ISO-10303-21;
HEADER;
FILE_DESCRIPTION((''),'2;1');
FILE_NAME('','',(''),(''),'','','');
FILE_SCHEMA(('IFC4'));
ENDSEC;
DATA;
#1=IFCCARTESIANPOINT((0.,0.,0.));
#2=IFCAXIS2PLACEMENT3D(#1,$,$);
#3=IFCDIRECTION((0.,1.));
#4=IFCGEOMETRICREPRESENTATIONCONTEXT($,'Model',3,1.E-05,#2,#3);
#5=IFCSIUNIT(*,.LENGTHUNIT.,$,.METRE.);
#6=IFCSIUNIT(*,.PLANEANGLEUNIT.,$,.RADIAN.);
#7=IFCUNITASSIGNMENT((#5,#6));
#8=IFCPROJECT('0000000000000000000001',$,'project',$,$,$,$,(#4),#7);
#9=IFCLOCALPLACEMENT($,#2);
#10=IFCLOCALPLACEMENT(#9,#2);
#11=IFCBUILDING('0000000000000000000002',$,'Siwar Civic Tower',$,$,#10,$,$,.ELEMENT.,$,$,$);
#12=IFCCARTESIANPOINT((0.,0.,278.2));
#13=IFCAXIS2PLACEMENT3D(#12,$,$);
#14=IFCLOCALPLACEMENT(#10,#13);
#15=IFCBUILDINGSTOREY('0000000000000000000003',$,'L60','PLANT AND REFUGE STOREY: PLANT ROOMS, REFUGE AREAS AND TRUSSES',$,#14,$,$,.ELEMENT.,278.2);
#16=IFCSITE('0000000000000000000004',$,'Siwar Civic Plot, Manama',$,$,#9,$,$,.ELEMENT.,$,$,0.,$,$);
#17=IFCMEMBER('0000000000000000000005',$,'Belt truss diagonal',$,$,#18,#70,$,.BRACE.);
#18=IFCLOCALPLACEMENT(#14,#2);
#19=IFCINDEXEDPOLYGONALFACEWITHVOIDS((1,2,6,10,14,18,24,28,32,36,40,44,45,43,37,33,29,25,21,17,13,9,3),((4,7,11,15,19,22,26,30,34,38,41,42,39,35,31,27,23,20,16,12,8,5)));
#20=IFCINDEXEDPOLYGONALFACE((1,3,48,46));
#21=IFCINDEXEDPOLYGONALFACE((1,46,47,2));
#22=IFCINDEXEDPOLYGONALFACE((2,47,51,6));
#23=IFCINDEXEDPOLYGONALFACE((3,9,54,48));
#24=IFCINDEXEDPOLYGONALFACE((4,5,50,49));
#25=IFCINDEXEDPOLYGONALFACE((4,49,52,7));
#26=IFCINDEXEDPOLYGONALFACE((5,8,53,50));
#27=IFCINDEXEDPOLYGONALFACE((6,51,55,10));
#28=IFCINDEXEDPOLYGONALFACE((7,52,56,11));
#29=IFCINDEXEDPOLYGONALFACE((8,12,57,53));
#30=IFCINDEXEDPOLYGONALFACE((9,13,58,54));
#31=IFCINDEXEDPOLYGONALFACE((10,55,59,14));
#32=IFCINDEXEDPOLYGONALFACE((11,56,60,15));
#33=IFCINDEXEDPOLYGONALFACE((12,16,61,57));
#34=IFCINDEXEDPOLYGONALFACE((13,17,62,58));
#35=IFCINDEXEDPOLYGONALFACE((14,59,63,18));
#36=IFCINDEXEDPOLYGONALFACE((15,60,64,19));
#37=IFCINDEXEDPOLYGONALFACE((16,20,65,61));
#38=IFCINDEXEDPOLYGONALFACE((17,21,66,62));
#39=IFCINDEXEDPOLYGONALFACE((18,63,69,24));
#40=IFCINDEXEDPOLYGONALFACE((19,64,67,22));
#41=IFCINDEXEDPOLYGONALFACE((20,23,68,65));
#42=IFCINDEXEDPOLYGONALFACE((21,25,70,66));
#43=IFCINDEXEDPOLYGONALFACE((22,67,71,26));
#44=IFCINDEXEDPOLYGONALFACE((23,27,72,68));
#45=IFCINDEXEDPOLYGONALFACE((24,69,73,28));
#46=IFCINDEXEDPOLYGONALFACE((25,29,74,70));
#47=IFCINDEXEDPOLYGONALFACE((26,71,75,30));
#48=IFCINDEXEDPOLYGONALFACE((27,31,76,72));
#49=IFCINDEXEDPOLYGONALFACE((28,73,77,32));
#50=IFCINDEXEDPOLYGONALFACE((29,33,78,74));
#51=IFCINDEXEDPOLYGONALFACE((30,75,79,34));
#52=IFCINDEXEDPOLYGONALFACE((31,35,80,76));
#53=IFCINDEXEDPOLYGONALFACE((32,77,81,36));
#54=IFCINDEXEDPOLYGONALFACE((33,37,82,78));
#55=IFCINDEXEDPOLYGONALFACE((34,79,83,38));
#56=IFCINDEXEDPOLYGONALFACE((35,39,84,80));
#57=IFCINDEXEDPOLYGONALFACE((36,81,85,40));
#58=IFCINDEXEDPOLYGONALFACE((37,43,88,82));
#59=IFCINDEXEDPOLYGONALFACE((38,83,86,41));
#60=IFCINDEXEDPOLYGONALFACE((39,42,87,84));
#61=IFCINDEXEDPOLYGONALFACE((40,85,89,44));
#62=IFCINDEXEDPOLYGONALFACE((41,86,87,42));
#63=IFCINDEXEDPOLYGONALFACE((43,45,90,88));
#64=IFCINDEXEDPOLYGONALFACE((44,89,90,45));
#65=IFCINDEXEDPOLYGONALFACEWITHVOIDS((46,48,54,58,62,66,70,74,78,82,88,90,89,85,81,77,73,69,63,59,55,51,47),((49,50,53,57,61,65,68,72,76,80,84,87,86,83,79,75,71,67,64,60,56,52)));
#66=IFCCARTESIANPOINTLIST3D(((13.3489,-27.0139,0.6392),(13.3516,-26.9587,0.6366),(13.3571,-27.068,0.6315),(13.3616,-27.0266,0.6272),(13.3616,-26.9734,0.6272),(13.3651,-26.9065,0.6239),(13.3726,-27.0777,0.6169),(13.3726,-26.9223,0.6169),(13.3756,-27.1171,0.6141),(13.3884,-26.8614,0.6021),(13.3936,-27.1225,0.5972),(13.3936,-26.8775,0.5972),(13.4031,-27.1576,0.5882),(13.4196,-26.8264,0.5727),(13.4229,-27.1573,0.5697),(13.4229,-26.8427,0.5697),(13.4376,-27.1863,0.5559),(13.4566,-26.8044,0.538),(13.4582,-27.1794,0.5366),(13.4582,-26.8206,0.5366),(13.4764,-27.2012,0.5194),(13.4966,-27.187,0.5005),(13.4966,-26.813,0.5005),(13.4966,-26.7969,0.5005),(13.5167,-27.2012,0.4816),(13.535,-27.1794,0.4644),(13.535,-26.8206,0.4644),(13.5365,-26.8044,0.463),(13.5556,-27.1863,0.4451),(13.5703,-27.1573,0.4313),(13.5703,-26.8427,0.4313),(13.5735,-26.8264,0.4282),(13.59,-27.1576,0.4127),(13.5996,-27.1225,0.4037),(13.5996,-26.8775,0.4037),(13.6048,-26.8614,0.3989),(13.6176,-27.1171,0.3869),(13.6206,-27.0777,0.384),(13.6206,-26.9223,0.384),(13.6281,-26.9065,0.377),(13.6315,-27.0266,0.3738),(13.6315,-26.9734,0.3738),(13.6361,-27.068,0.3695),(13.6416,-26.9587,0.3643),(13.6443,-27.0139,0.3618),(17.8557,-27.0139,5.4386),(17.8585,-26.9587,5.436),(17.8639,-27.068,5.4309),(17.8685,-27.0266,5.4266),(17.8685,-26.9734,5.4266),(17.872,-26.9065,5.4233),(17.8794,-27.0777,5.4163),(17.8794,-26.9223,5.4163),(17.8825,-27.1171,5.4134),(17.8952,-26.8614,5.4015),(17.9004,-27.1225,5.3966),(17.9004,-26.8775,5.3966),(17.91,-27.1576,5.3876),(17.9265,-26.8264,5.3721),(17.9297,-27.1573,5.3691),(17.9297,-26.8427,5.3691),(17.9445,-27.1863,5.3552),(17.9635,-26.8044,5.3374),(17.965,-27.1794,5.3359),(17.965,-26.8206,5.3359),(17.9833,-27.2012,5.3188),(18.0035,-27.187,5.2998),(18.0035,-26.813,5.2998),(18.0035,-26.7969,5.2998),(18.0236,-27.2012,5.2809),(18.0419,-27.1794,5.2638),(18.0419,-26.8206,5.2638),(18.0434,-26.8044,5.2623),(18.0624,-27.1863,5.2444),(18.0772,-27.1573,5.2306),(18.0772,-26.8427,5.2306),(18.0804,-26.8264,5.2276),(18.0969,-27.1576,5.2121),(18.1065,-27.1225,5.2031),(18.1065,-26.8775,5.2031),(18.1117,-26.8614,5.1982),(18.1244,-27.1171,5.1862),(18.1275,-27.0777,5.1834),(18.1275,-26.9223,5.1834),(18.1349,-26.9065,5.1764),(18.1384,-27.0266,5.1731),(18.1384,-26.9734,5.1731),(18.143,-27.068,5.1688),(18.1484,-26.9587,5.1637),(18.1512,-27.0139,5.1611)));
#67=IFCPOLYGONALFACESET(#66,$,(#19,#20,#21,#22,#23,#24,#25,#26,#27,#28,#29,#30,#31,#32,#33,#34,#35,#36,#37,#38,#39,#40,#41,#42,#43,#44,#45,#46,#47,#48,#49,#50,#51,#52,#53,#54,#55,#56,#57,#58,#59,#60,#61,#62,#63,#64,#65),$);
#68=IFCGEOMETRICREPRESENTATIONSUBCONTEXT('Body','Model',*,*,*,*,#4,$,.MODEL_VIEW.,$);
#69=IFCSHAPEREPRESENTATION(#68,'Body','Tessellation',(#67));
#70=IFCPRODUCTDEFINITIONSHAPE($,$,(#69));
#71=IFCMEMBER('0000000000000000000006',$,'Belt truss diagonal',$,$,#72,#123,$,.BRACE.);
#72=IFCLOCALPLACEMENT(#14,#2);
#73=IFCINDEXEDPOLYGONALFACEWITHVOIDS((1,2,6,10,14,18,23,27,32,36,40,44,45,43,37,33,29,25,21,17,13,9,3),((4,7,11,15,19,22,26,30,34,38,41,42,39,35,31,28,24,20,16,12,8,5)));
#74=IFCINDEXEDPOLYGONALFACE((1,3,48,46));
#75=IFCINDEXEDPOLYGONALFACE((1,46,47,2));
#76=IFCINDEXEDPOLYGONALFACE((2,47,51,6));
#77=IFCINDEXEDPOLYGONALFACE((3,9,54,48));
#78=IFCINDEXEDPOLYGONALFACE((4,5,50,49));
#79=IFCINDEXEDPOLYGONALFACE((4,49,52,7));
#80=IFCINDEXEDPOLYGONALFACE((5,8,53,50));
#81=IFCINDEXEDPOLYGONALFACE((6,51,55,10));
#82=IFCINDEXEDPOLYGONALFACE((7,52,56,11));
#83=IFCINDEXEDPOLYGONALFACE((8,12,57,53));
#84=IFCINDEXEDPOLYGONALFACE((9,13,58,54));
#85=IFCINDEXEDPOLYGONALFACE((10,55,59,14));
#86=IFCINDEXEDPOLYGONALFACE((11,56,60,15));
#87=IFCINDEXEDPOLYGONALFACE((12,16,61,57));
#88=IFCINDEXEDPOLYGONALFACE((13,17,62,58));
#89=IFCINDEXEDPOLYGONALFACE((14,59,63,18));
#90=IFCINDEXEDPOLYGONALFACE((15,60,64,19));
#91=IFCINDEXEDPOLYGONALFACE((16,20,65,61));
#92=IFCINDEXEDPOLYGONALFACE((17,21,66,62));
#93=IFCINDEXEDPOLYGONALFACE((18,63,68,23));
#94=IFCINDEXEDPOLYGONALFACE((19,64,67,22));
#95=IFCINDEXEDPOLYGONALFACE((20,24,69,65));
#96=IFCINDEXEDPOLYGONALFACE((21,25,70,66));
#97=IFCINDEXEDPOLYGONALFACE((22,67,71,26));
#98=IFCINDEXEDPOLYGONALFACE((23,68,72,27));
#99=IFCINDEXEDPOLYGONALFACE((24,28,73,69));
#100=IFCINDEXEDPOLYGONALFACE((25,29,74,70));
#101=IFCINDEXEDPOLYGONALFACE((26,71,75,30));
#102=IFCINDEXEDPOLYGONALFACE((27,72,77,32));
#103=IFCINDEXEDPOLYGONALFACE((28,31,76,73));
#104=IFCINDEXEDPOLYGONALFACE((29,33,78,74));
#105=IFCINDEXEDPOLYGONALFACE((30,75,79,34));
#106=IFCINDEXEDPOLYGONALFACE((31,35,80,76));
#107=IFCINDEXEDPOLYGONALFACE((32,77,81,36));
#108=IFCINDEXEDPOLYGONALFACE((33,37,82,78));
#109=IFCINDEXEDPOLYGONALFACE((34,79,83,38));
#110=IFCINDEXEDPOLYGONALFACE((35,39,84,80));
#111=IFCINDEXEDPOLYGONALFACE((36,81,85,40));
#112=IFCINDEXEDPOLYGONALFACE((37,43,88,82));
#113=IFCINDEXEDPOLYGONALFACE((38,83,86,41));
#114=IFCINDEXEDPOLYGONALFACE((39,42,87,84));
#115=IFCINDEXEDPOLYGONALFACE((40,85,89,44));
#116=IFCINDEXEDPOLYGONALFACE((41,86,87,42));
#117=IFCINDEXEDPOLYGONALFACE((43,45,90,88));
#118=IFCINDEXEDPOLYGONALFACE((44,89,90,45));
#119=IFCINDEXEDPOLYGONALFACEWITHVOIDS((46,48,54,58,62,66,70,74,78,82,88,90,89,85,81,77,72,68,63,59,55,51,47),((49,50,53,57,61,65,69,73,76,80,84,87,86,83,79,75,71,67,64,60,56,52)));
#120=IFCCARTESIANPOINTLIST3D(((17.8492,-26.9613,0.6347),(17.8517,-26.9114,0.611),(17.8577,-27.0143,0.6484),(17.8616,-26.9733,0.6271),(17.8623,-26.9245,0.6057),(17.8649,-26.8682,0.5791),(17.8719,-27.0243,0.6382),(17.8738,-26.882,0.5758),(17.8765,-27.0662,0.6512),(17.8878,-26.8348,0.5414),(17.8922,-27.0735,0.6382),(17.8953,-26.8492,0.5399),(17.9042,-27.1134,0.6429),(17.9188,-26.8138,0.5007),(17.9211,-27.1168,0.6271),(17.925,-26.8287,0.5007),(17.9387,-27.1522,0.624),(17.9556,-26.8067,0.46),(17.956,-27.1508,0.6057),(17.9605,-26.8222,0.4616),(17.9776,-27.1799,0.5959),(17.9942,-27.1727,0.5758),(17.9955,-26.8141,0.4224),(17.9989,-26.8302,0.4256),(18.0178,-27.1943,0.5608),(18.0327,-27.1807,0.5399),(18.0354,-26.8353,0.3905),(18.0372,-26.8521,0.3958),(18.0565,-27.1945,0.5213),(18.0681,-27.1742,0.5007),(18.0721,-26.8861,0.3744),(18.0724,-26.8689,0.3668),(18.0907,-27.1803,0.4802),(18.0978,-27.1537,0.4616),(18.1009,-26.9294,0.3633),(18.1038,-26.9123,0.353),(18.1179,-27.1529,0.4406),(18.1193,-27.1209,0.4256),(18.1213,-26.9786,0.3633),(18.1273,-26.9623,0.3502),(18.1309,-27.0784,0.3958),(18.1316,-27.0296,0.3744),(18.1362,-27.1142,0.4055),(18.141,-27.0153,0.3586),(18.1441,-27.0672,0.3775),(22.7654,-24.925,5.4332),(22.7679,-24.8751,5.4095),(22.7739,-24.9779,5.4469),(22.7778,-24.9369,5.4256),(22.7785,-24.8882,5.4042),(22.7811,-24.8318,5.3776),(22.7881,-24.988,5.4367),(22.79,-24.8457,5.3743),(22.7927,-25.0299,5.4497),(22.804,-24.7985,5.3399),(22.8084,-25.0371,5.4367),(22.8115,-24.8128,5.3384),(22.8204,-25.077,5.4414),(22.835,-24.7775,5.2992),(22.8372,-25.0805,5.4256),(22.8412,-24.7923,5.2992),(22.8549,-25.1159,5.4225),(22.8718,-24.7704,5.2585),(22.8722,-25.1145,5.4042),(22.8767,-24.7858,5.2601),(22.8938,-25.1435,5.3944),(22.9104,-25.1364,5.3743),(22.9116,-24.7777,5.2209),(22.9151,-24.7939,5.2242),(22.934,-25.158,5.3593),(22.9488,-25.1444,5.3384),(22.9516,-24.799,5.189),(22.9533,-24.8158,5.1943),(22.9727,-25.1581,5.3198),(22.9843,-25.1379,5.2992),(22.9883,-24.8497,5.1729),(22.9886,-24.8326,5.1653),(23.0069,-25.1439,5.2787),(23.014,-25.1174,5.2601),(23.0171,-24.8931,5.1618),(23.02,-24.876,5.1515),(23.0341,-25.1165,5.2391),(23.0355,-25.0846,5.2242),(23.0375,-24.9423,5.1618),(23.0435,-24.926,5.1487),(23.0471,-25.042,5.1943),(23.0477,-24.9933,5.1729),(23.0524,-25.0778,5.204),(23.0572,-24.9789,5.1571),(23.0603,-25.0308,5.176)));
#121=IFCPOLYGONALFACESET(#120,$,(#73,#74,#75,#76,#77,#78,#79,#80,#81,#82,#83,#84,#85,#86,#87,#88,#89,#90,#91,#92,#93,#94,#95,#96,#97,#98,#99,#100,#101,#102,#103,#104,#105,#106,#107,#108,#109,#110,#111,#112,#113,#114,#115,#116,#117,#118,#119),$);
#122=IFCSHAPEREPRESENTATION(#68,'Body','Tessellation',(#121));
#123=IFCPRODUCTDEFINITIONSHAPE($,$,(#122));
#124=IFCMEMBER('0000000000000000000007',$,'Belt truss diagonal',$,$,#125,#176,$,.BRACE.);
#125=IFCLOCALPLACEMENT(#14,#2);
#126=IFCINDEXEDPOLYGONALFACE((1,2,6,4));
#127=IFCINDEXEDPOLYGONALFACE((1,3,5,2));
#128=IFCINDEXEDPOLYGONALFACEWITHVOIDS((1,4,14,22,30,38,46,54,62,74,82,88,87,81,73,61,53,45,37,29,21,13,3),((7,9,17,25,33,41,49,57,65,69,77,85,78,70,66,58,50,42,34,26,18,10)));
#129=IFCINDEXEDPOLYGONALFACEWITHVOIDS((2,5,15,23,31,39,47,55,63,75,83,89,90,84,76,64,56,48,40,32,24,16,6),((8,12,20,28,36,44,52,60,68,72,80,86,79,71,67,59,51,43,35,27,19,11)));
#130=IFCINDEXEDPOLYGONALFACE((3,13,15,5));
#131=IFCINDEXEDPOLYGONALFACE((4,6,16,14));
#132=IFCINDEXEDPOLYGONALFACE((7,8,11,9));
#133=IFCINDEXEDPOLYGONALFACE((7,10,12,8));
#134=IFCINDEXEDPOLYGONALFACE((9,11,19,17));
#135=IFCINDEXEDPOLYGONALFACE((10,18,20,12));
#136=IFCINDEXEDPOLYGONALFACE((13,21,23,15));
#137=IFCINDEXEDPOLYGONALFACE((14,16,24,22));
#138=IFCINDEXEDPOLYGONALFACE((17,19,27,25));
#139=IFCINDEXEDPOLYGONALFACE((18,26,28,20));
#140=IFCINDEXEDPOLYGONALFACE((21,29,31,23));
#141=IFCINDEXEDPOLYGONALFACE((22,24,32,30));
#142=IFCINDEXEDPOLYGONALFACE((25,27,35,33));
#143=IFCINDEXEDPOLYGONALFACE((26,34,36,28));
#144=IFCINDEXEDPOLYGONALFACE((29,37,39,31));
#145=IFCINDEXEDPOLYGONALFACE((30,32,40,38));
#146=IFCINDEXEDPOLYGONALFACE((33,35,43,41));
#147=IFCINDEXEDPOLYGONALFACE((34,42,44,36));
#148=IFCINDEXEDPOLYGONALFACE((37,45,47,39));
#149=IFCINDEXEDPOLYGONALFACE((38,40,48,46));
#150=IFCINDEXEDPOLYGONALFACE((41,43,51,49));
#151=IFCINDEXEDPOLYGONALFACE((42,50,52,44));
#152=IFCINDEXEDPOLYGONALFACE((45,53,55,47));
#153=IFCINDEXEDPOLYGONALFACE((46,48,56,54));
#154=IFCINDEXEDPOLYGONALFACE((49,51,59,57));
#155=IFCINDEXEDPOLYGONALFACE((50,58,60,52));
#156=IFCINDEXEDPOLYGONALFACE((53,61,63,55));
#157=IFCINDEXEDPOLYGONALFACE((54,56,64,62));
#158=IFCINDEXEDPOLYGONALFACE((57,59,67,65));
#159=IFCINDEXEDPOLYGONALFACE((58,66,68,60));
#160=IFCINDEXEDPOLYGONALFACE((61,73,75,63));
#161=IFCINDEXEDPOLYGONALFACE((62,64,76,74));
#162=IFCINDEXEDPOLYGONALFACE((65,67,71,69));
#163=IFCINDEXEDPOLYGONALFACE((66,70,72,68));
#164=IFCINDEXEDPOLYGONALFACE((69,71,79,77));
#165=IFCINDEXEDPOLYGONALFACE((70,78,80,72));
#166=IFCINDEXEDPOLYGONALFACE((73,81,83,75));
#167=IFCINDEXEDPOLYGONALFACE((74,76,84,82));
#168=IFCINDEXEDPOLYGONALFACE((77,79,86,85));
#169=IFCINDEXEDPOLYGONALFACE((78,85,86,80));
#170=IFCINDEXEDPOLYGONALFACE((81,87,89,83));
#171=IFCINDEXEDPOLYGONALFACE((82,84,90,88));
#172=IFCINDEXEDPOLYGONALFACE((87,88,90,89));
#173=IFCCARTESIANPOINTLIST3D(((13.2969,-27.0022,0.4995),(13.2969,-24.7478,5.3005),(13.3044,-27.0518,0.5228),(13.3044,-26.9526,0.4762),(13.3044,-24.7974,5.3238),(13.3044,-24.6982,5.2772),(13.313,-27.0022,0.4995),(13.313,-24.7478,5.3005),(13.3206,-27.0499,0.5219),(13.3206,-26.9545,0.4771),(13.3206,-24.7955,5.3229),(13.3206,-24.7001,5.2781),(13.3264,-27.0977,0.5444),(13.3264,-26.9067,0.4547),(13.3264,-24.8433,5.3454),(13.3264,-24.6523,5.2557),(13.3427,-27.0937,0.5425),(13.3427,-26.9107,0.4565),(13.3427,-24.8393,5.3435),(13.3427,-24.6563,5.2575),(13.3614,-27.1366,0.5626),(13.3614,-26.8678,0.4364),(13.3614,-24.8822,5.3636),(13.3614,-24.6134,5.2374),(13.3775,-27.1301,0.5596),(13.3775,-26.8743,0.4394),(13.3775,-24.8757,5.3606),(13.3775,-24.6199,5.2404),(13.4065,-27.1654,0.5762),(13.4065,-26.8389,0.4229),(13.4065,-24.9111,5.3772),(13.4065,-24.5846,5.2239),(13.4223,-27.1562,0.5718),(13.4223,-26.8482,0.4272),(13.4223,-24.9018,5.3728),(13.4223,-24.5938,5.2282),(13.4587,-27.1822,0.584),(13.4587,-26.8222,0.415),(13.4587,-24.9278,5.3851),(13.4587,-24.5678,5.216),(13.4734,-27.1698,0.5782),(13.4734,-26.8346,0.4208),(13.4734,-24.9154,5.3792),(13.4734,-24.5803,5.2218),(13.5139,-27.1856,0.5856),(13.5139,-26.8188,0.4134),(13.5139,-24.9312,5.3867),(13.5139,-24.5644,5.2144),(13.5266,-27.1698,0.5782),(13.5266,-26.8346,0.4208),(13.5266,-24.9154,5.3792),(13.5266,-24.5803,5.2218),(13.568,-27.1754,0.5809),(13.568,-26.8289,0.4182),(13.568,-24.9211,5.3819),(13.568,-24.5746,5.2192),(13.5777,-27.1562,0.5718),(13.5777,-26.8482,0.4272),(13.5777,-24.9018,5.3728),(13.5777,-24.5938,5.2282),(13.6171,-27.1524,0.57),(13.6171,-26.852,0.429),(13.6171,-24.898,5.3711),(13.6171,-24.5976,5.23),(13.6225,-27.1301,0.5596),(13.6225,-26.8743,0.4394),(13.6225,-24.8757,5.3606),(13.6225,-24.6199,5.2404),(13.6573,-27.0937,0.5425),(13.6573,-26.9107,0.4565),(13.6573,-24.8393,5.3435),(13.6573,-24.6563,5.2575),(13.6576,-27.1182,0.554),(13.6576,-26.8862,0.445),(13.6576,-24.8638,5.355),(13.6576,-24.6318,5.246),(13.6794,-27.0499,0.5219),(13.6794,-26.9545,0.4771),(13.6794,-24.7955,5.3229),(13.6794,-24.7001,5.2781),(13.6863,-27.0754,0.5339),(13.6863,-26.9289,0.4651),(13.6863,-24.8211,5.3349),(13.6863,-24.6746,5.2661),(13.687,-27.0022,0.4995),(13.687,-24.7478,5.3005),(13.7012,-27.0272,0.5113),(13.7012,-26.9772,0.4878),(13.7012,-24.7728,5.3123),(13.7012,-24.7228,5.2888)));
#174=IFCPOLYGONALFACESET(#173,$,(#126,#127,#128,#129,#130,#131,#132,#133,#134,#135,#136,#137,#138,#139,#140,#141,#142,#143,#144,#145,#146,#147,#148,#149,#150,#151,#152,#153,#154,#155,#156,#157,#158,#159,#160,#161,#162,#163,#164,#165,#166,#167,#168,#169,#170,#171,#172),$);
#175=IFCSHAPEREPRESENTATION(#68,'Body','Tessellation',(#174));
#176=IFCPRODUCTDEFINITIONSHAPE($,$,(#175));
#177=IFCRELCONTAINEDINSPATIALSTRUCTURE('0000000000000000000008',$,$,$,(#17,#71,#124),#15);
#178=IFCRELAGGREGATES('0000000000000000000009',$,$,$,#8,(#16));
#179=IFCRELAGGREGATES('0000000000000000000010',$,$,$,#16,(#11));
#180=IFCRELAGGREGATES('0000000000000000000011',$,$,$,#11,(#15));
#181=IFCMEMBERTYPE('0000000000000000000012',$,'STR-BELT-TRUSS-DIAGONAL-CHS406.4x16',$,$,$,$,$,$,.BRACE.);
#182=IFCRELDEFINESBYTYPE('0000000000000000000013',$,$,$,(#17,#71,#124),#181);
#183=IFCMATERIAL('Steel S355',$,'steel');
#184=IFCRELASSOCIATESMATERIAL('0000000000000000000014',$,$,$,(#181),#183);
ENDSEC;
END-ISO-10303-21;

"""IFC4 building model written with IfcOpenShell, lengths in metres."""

from ifc_helpers import new_model, si_unit, direction, frame, origin, origin_2d, place, context, subcontext, project, spatial, hollow_circle, extrude, material, material_profile, profile_set, type_object, element, save


model = new_model("IFC4")

# Units and contexts
model_context = context("Model", 3, precision=1e-05, world=origin(), true_north=direction((0.0, 1.0)))
body_context = subcontext(model_context, "Body", "Model", "MODEL_VIEW")
ifc_project = project(units=[si_unit("LENGTHUNIT", "METRE"), si_unit("PLANEANGLEUNIT", "RADIAN")], contexts=[model_context])

# Site, building, storey
site_placement = place(None, origin())
site = spatial("IfcSite", under=ifc_project, at=site_placement, Name="Siwar Civic Plot, Manama", CompositionType="ELEMENT", RefElevation=0.0)
building_placement = place(site_placement, origin())
building = spatial("IfcBuilding", under=site, at=building_placement, Name="Siwar Civic Tower", CompositionType="ELEMENT")
storey_placement = place(building_placement, frame((0.0, 0.0, 278.2)))
storey = spatial("IfcBuildingStorey", under=building, at=storey_placement, Name="L60", Description="PLANT AND REFUGE STOREY: PLANT ROOMS, REFUGE AREAS AND TRUSSES", CompositionType="ELEMENT", Elevation=278.2)

# Members
ifc_material_1 = material(Name="Steel S355", Category="steel")
ifc_material_profile_1 = material_profile(ifc_material_1, hollow_circle(Radius=0.2031, WallThickness=0.0161, at=origin_2d()), Name="CHS406.4x16")
ifc_profile_set_1 = profile_set([ifc_material_profile_1], Name="Steel S355")
member_type_1 = type_object("IfcMemberType", Name="STR-BELT-TRUSS-DIAGONAL-CHS406.4x16", PredefinedType="BRACE", material=ifc_profile_set_1)
for number, where, z_axis, x_axis, name in (
    (1, (13.4966, -27.0, 0.5005), (0.684545, 0.0, 0.72897), (0.0, 1.0, 0.0), "Belt truss diagonal"),
):
    element("IfcMember", number, at=place(storey_placement, frame(where, z_axis=z_axis, x_axis=x_axis)), inside=storey, type_object=member_type_1, Name=name, PredefinedType="BRACE", context=body_context, shape_type="SweptSolid", body=[
        extrude(hollow_circle(Radius=0.2031, WallThickness=0.0161, at=origin_2d()), origin(), (0.0, 0.0, 1.0), 6.5837),
    ])
member_1_placement = place(storey_placement, frame((17.9966, -27.0015, 0.5007), z_axis=(0.686112, 0.284196, 0.669689), x_axis=(-0.382683, 0.92388, 0.0)))
element("IfcMember", 2, at=member_1_placement, inside=storey, type_object=member_type_1, Name="Belt truss diagonal", PredefinedType="BRACE", context=body_context, shape_type="SweptSolid", body=[
    extrude(hollow_circle(Radius=0.2031, WallThickness=0.0161, at=origin_2d()), origin(), (0.0, 0.0, 1.0), 7.1653),
])
member_2_placement = place(storey_placement, frame((13.5, -27.0022, 0.4995), z_axis=(0.0, 0.425039, 0.905175), x_axis=(-1.0, 0.0, 0.0)))
element("IfcMember", 3, at=member_2_placement, inside=storey, type_object=member_type_1, Name="Belt truss diagonal", PredefinedType="BRACE", context=body_context, shape_type="SweptSolid", body=[
    extrude(hollow_circle(Radius=0.2031, WallThickness=0.0161, at=origin_2d()), origin(), (0.0, 0.0, 1.0), 5.304),
])

save(model, "model.ifc")
